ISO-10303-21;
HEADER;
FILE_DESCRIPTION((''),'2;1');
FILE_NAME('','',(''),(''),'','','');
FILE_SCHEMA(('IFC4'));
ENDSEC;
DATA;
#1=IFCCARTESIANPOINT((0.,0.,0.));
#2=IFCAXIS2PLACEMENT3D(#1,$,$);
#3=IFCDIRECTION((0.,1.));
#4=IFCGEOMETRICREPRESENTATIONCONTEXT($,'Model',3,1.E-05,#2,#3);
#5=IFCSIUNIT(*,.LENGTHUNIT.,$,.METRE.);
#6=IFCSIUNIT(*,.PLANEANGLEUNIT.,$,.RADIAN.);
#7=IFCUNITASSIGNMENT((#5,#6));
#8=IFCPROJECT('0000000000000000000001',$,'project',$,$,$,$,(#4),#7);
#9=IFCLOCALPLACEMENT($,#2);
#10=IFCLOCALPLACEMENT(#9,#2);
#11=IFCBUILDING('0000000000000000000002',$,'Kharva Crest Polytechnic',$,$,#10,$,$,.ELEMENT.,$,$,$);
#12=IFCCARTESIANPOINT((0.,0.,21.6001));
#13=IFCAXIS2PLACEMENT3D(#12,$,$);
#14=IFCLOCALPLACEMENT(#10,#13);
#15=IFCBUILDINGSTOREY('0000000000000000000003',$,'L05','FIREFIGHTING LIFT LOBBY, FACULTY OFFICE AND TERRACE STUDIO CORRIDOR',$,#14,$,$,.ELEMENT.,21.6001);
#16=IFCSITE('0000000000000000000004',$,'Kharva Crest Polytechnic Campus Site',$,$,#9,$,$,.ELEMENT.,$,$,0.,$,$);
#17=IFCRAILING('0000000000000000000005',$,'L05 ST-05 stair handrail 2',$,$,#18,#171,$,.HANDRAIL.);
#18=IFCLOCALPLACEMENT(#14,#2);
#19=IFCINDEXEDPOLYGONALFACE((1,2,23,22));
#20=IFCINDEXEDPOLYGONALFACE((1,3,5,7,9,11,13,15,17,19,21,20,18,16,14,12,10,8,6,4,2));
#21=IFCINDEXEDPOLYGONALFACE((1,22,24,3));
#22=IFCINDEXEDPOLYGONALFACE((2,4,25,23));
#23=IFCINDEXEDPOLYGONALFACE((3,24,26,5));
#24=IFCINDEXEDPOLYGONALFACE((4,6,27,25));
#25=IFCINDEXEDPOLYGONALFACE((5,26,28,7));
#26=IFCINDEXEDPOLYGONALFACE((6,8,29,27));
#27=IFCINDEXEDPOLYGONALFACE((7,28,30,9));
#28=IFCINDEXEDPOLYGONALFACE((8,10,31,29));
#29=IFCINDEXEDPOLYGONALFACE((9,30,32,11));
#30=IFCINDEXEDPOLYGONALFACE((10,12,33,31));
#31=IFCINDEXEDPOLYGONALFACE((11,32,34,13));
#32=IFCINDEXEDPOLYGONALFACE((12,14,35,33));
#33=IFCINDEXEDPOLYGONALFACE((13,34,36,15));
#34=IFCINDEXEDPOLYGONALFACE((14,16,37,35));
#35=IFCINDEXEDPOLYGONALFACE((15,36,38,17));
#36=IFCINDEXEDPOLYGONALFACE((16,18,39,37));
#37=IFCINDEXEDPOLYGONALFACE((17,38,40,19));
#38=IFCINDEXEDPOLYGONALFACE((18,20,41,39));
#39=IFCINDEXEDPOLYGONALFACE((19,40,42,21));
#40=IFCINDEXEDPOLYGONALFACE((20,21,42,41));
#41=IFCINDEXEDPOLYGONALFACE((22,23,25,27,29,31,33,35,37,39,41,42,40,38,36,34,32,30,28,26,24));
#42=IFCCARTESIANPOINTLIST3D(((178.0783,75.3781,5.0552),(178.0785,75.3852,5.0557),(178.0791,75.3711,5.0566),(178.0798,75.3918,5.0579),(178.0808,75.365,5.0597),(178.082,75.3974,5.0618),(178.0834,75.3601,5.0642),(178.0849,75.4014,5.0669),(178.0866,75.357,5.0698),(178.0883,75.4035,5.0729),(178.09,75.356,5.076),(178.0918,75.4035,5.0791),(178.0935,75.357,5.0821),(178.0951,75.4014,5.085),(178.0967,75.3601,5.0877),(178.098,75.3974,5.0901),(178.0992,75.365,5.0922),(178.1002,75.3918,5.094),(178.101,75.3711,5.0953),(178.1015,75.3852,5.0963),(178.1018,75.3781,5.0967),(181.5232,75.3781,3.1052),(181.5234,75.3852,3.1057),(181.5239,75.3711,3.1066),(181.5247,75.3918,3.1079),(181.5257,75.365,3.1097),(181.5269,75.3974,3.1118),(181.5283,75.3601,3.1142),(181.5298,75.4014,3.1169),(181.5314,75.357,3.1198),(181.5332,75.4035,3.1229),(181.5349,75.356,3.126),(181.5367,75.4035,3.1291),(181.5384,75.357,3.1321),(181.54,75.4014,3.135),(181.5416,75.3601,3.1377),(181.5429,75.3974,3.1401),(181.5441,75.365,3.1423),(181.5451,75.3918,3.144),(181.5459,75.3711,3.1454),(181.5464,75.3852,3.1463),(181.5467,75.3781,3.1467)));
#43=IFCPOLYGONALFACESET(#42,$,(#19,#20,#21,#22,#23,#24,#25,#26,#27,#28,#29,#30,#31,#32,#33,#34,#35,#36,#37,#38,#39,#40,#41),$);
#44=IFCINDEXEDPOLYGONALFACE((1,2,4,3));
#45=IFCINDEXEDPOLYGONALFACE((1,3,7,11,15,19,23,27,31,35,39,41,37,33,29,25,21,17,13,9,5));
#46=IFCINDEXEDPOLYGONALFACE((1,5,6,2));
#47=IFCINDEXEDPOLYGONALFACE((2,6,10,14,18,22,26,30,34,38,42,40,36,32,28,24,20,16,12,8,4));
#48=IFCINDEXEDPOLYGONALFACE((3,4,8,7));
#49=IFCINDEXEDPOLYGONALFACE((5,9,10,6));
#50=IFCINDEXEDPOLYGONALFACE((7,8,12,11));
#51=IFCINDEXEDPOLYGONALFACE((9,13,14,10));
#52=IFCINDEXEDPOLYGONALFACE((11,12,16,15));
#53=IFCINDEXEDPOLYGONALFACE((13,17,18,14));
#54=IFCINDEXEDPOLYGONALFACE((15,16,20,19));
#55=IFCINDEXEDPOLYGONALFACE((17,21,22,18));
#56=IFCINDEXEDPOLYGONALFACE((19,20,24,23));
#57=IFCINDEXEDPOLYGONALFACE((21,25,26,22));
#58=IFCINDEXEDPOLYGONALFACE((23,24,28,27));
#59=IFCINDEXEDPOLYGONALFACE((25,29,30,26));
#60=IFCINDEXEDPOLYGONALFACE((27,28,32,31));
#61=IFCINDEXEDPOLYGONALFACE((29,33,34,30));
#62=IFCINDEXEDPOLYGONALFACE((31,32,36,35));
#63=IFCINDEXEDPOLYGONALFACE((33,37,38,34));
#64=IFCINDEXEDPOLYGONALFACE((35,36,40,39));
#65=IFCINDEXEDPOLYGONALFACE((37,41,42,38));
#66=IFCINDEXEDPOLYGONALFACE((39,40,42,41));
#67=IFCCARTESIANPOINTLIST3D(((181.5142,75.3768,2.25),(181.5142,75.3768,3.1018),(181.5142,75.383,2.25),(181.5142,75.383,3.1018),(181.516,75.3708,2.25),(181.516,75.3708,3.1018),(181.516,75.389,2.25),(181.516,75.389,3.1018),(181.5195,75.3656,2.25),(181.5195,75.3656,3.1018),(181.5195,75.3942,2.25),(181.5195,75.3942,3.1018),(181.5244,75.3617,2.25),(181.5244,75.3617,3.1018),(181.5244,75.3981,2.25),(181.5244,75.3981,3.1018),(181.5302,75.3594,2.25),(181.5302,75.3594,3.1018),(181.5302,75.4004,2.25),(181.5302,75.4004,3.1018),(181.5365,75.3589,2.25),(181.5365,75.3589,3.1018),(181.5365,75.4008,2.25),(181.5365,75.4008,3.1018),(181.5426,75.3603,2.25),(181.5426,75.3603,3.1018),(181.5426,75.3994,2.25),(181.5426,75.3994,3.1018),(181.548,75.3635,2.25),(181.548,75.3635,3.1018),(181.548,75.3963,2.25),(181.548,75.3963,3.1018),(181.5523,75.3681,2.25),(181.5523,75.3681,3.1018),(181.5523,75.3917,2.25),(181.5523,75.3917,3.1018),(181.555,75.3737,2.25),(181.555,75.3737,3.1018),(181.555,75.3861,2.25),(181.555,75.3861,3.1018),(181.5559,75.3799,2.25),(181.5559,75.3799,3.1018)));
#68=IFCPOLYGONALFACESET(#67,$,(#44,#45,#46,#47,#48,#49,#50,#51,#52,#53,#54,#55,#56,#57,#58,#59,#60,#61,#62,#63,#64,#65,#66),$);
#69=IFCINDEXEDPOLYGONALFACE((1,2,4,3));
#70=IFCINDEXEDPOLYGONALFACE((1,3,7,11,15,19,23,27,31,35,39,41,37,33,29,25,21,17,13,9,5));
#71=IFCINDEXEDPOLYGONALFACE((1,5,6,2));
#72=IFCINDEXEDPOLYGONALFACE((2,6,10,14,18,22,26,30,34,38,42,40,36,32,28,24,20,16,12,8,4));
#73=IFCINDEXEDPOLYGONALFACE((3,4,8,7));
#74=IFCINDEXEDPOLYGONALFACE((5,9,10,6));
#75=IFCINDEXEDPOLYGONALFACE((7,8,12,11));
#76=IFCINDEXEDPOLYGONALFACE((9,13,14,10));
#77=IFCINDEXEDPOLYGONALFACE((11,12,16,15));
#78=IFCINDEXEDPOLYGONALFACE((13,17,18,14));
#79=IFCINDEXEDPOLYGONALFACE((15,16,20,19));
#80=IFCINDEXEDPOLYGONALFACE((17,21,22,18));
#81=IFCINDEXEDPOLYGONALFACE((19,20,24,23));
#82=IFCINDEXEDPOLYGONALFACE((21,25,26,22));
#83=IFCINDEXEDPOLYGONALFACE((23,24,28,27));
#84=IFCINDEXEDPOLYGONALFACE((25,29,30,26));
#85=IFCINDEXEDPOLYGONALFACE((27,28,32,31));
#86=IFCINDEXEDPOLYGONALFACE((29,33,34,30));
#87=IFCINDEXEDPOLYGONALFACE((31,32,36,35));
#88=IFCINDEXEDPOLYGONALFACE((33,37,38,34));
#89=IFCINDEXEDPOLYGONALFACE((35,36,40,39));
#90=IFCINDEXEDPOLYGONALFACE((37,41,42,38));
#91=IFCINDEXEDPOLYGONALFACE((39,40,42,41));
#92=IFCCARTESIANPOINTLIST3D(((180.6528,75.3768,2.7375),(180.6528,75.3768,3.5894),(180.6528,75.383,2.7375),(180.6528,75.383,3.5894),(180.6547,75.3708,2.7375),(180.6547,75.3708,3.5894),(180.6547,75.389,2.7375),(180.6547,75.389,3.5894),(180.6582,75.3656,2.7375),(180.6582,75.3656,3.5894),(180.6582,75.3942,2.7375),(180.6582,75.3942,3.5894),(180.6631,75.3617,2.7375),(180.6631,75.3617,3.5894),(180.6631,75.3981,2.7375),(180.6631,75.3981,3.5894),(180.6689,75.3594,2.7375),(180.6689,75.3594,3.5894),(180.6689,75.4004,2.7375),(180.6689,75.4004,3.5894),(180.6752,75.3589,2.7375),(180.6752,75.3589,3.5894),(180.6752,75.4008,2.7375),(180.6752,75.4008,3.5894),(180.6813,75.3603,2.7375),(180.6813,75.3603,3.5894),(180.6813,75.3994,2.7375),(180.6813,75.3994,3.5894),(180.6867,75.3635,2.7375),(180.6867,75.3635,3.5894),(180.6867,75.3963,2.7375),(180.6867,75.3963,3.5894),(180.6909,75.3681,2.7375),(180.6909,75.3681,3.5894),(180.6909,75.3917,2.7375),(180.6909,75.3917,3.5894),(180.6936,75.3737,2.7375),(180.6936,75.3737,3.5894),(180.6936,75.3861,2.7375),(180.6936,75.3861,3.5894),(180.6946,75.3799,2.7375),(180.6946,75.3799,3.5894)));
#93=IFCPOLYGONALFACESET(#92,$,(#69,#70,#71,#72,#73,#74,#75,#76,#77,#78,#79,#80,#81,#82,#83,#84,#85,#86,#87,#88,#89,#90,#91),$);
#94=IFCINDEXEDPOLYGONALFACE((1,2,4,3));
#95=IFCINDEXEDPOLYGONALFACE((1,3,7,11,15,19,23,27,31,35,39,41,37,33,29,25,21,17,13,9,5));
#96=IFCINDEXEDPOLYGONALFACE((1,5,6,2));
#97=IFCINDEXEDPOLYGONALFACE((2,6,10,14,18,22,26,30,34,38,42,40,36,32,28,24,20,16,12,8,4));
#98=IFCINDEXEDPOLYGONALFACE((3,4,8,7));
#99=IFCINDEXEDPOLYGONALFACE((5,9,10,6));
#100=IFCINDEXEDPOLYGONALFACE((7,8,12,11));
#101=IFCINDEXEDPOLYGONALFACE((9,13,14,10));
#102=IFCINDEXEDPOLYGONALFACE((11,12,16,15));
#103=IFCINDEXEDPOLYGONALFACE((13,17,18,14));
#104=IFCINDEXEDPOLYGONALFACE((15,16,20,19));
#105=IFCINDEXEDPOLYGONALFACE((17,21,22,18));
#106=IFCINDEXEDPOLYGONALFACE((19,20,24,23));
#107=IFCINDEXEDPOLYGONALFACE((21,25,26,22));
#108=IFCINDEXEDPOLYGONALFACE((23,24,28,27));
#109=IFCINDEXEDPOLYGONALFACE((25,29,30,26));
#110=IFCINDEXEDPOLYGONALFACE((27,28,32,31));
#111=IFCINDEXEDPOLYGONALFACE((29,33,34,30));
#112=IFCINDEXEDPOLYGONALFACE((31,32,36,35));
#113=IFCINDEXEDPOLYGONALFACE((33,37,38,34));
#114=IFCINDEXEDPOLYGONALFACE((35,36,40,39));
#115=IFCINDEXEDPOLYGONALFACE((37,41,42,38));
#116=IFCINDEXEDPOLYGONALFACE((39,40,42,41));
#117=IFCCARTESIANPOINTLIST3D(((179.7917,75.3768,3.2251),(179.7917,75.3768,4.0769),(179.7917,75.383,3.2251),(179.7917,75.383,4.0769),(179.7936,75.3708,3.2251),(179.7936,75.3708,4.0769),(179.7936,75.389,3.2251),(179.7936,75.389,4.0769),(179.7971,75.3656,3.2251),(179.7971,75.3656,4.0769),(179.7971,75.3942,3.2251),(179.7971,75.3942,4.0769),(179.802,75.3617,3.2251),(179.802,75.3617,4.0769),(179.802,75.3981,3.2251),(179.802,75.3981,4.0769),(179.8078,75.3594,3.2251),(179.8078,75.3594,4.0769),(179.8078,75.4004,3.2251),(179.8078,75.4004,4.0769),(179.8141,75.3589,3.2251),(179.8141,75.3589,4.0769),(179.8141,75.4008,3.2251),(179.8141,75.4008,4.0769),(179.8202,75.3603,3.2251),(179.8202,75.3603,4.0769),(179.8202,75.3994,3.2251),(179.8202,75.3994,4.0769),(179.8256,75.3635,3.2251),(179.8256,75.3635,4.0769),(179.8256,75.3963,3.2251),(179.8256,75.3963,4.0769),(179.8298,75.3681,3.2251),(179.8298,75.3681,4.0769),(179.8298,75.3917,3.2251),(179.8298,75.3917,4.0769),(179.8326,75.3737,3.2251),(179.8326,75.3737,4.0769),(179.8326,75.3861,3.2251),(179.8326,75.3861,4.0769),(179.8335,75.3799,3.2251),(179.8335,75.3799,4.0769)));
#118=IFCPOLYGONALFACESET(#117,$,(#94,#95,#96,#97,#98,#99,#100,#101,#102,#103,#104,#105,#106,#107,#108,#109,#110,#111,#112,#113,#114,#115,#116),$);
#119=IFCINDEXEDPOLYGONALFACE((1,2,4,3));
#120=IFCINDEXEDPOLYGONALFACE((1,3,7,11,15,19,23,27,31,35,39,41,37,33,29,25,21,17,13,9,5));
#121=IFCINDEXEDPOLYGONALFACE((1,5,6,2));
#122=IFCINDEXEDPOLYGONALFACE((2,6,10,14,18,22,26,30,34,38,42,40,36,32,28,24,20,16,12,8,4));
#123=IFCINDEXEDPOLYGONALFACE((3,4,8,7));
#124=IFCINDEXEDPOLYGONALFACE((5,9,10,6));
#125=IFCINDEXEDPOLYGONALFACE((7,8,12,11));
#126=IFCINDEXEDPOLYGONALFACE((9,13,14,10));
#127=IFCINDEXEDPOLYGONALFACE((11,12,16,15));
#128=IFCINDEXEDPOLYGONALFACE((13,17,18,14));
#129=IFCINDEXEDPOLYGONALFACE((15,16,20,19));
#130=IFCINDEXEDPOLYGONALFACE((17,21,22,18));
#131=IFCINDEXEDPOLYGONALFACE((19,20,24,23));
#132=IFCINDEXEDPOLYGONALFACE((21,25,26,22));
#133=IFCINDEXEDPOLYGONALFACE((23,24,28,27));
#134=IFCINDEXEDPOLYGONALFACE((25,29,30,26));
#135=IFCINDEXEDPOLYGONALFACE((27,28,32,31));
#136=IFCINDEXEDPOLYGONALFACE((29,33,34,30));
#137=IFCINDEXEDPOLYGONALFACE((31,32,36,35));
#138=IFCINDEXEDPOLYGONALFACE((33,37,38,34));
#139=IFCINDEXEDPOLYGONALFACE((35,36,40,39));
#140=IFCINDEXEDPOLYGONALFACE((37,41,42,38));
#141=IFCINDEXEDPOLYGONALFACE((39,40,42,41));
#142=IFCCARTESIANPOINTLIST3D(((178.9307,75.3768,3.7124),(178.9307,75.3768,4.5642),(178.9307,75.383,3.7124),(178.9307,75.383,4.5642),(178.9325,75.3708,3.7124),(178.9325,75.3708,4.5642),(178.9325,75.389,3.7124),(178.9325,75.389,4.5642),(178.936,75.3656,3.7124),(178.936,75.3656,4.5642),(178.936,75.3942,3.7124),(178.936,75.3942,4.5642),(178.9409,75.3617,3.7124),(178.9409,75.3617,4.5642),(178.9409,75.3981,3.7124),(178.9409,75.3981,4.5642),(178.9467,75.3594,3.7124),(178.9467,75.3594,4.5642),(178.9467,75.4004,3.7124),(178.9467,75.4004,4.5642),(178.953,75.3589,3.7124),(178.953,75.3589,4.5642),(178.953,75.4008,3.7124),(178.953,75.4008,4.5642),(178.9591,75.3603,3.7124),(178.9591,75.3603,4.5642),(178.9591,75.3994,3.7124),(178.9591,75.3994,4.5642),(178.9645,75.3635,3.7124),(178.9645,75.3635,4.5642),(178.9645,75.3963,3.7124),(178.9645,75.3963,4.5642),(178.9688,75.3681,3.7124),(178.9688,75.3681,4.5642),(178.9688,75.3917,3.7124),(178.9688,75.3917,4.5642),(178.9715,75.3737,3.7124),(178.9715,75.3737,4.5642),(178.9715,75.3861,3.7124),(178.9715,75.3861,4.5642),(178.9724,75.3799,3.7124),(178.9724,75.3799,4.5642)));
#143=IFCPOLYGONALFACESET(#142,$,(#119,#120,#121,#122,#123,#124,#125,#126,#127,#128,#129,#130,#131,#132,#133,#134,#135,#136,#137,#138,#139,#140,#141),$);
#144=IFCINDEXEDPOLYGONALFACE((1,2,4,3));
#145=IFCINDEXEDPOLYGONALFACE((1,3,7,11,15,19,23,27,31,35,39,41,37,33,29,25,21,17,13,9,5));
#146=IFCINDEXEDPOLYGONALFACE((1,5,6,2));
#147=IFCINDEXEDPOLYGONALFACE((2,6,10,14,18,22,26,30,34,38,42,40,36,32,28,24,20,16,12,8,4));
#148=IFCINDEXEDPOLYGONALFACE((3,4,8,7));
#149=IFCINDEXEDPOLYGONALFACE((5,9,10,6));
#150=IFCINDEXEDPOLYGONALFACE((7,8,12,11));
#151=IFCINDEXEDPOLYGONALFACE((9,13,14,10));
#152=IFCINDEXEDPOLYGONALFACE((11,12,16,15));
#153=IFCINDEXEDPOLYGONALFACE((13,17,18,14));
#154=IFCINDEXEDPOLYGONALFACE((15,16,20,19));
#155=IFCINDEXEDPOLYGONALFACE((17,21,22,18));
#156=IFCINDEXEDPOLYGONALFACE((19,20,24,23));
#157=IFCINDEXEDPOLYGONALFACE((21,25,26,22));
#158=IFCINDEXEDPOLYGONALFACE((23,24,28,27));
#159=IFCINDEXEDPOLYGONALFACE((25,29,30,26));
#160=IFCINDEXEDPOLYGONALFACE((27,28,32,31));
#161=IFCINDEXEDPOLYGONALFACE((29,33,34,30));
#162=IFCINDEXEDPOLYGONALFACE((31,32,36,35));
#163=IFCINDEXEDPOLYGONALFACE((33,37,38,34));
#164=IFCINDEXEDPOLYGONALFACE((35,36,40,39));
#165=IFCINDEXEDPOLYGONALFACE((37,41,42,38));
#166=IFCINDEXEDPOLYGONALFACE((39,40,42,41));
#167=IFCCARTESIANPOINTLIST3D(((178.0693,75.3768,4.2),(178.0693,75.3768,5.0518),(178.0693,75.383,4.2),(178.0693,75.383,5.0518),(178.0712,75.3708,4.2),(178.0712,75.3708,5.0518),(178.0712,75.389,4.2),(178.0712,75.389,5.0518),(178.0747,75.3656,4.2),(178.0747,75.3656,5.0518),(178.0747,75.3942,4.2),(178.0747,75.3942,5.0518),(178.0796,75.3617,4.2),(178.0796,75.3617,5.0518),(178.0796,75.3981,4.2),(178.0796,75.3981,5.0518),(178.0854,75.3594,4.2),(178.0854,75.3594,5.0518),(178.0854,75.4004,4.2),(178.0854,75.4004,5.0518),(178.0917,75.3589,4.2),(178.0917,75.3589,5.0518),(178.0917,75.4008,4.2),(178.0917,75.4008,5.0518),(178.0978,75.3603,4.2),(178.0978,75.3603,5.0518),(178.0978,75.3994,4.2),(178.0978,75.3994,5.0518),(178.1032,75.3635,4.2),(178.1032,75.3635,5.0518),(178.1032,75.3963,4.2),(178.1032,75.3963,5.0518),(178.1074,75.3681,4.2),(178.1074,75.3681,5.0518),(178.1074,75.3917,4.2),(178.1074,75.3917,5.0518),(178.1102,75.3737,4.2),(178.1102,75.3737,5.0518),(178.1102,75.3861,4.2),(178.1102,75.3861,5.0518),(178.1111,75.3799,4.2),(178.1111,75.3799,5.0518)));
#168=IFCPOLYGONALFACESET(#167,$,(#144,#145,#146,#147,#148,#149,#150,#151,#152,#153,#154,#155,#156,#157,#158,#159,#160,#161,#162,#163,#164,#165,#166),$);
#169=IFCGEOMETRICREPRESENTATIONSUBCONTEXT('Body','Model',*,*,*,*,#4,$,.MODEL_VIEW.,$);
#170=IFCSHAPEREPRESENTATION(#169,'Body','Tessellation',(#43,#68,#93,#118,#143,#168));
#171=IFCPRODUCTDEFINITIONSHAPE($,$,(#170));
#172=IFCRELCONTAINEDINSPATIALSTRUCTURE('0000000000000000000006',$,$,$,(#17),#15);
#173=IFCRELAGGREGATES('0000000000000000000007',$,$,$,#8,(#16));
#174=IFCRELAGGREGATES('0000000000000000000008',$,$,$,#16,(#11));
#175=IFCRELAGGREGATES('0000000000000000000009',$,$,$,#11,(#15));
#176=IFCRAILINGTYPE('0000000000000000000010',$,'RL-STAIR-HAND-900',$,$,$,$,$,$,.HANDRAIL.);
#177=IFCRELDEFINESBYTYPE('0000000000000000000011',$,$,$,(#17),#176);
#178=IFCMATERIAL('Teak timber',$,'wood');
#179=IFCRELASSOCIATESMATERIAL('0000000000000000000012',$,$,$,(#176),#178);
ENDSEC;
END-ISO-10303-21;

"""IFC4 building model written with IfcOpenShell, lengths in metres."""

from ifc_helpers import new_model, si_unit, direction, frame, origin, origin_2d, place, context, subcontext, project, spatial, circle, extrude, material, type_object, element, save


model = new_model("IFC4")

# Units and contexts
model_context = context("Model", 3, precision=1e-05, world=origin(), true_north=direction((0.0, 1.0)))
body_context = subcontext(model_context, "Body", "Model", "MODEL_VIEW")
ifc_project = project(units=[si_unit("LENGTHUNIT", "METRE"), si_unit("PLANEANGLEUNIT", "RADIAN")], contexts=[model_context])

# Site, building, storey
site_placement = place(None, origin())
site = spatial("IfcSite", under=ifc_project, at=site_placement, Name="Kharva Crest Polytechnic Campus Site", CompositionType="ELEMENT", RefElevation=0.0)
building_placement = place(site_placement, origin())
building = spatial("IfcBuilding", under=site, at=building_placement, Name="Kharva Crest Polytechnic", CompositionType="ELEMENT")
storey_placement = place(building_placement, frame((0.0, 0.0, 21.6001)))
storey = spatial("IfcBuildingStorey", under=building, at=storey_placement, Name="L05", Description="FIREFIGHTING LIFT LOBBY, FACULTY OFFICE AND TERRACE STUDIO CORRIDOR", CompositionType="ELEMENT", Elevation=21.6001)

# Shared definitions
ifc_material_1 = material(Name="Teak timber", Category="wood")

# Railing
railing_type_1 = type_object("IfcRailingType", Name="RL-STAIR-HAND-900", PredefinedType="HANDRAIL", material=ifc_material_1)
railing_1_placement = place(storey_placement, frame((181.5349, 75.3799, 2.25)))
element("IfcRailing", 1, at=railing_1_placement, inside=storey, type_object=railing_type_1, Name="L05 ST-05 stair handrail 2", PredefinedType="HANDRAIL", context=body_context, shape_type="SweptSolid", body=[
    extrude(circle(Radius=0.0239, at=origin_2d()), frame((0.0, 0.0, 0.876), z_axis=(-0.870251, 0.0, 0.492608), x_axis=(0.0, -1.0, 0.0)), (0.0, 0.0, 1.0), 3.9585),
    extrude(circle(Radius=0.021, at=origin_2d()), origin(), (0.0, 0.0, 1.0), 0.8518),
    extrude(circle(Radius=0.021, at=origin_2d()), frame((-0.8613, 0.0, 0.4875)), (0.0, 0.0, 1.0), 0.8518),
    extrude(circle(Radius=0.021, at=origin_2d()), frame((-1.7224, 0.0, 0.9751)), (0.0, 0.0, 1.0), 0.8518),
    extrude(circle(Radius=0.021, at=origin_2d()), frame((-2.5835, 0.0, 1.4624)), (0.0, 0.0, 1.0), 0.8518),
    extrude(circle(Radius=0.021, at=origin_2d()), frame((-3.4448, 0.0, 1.95)), (0.0, 0.0, 1.0), 0.8518),
])

save(model, "model.ifc")
